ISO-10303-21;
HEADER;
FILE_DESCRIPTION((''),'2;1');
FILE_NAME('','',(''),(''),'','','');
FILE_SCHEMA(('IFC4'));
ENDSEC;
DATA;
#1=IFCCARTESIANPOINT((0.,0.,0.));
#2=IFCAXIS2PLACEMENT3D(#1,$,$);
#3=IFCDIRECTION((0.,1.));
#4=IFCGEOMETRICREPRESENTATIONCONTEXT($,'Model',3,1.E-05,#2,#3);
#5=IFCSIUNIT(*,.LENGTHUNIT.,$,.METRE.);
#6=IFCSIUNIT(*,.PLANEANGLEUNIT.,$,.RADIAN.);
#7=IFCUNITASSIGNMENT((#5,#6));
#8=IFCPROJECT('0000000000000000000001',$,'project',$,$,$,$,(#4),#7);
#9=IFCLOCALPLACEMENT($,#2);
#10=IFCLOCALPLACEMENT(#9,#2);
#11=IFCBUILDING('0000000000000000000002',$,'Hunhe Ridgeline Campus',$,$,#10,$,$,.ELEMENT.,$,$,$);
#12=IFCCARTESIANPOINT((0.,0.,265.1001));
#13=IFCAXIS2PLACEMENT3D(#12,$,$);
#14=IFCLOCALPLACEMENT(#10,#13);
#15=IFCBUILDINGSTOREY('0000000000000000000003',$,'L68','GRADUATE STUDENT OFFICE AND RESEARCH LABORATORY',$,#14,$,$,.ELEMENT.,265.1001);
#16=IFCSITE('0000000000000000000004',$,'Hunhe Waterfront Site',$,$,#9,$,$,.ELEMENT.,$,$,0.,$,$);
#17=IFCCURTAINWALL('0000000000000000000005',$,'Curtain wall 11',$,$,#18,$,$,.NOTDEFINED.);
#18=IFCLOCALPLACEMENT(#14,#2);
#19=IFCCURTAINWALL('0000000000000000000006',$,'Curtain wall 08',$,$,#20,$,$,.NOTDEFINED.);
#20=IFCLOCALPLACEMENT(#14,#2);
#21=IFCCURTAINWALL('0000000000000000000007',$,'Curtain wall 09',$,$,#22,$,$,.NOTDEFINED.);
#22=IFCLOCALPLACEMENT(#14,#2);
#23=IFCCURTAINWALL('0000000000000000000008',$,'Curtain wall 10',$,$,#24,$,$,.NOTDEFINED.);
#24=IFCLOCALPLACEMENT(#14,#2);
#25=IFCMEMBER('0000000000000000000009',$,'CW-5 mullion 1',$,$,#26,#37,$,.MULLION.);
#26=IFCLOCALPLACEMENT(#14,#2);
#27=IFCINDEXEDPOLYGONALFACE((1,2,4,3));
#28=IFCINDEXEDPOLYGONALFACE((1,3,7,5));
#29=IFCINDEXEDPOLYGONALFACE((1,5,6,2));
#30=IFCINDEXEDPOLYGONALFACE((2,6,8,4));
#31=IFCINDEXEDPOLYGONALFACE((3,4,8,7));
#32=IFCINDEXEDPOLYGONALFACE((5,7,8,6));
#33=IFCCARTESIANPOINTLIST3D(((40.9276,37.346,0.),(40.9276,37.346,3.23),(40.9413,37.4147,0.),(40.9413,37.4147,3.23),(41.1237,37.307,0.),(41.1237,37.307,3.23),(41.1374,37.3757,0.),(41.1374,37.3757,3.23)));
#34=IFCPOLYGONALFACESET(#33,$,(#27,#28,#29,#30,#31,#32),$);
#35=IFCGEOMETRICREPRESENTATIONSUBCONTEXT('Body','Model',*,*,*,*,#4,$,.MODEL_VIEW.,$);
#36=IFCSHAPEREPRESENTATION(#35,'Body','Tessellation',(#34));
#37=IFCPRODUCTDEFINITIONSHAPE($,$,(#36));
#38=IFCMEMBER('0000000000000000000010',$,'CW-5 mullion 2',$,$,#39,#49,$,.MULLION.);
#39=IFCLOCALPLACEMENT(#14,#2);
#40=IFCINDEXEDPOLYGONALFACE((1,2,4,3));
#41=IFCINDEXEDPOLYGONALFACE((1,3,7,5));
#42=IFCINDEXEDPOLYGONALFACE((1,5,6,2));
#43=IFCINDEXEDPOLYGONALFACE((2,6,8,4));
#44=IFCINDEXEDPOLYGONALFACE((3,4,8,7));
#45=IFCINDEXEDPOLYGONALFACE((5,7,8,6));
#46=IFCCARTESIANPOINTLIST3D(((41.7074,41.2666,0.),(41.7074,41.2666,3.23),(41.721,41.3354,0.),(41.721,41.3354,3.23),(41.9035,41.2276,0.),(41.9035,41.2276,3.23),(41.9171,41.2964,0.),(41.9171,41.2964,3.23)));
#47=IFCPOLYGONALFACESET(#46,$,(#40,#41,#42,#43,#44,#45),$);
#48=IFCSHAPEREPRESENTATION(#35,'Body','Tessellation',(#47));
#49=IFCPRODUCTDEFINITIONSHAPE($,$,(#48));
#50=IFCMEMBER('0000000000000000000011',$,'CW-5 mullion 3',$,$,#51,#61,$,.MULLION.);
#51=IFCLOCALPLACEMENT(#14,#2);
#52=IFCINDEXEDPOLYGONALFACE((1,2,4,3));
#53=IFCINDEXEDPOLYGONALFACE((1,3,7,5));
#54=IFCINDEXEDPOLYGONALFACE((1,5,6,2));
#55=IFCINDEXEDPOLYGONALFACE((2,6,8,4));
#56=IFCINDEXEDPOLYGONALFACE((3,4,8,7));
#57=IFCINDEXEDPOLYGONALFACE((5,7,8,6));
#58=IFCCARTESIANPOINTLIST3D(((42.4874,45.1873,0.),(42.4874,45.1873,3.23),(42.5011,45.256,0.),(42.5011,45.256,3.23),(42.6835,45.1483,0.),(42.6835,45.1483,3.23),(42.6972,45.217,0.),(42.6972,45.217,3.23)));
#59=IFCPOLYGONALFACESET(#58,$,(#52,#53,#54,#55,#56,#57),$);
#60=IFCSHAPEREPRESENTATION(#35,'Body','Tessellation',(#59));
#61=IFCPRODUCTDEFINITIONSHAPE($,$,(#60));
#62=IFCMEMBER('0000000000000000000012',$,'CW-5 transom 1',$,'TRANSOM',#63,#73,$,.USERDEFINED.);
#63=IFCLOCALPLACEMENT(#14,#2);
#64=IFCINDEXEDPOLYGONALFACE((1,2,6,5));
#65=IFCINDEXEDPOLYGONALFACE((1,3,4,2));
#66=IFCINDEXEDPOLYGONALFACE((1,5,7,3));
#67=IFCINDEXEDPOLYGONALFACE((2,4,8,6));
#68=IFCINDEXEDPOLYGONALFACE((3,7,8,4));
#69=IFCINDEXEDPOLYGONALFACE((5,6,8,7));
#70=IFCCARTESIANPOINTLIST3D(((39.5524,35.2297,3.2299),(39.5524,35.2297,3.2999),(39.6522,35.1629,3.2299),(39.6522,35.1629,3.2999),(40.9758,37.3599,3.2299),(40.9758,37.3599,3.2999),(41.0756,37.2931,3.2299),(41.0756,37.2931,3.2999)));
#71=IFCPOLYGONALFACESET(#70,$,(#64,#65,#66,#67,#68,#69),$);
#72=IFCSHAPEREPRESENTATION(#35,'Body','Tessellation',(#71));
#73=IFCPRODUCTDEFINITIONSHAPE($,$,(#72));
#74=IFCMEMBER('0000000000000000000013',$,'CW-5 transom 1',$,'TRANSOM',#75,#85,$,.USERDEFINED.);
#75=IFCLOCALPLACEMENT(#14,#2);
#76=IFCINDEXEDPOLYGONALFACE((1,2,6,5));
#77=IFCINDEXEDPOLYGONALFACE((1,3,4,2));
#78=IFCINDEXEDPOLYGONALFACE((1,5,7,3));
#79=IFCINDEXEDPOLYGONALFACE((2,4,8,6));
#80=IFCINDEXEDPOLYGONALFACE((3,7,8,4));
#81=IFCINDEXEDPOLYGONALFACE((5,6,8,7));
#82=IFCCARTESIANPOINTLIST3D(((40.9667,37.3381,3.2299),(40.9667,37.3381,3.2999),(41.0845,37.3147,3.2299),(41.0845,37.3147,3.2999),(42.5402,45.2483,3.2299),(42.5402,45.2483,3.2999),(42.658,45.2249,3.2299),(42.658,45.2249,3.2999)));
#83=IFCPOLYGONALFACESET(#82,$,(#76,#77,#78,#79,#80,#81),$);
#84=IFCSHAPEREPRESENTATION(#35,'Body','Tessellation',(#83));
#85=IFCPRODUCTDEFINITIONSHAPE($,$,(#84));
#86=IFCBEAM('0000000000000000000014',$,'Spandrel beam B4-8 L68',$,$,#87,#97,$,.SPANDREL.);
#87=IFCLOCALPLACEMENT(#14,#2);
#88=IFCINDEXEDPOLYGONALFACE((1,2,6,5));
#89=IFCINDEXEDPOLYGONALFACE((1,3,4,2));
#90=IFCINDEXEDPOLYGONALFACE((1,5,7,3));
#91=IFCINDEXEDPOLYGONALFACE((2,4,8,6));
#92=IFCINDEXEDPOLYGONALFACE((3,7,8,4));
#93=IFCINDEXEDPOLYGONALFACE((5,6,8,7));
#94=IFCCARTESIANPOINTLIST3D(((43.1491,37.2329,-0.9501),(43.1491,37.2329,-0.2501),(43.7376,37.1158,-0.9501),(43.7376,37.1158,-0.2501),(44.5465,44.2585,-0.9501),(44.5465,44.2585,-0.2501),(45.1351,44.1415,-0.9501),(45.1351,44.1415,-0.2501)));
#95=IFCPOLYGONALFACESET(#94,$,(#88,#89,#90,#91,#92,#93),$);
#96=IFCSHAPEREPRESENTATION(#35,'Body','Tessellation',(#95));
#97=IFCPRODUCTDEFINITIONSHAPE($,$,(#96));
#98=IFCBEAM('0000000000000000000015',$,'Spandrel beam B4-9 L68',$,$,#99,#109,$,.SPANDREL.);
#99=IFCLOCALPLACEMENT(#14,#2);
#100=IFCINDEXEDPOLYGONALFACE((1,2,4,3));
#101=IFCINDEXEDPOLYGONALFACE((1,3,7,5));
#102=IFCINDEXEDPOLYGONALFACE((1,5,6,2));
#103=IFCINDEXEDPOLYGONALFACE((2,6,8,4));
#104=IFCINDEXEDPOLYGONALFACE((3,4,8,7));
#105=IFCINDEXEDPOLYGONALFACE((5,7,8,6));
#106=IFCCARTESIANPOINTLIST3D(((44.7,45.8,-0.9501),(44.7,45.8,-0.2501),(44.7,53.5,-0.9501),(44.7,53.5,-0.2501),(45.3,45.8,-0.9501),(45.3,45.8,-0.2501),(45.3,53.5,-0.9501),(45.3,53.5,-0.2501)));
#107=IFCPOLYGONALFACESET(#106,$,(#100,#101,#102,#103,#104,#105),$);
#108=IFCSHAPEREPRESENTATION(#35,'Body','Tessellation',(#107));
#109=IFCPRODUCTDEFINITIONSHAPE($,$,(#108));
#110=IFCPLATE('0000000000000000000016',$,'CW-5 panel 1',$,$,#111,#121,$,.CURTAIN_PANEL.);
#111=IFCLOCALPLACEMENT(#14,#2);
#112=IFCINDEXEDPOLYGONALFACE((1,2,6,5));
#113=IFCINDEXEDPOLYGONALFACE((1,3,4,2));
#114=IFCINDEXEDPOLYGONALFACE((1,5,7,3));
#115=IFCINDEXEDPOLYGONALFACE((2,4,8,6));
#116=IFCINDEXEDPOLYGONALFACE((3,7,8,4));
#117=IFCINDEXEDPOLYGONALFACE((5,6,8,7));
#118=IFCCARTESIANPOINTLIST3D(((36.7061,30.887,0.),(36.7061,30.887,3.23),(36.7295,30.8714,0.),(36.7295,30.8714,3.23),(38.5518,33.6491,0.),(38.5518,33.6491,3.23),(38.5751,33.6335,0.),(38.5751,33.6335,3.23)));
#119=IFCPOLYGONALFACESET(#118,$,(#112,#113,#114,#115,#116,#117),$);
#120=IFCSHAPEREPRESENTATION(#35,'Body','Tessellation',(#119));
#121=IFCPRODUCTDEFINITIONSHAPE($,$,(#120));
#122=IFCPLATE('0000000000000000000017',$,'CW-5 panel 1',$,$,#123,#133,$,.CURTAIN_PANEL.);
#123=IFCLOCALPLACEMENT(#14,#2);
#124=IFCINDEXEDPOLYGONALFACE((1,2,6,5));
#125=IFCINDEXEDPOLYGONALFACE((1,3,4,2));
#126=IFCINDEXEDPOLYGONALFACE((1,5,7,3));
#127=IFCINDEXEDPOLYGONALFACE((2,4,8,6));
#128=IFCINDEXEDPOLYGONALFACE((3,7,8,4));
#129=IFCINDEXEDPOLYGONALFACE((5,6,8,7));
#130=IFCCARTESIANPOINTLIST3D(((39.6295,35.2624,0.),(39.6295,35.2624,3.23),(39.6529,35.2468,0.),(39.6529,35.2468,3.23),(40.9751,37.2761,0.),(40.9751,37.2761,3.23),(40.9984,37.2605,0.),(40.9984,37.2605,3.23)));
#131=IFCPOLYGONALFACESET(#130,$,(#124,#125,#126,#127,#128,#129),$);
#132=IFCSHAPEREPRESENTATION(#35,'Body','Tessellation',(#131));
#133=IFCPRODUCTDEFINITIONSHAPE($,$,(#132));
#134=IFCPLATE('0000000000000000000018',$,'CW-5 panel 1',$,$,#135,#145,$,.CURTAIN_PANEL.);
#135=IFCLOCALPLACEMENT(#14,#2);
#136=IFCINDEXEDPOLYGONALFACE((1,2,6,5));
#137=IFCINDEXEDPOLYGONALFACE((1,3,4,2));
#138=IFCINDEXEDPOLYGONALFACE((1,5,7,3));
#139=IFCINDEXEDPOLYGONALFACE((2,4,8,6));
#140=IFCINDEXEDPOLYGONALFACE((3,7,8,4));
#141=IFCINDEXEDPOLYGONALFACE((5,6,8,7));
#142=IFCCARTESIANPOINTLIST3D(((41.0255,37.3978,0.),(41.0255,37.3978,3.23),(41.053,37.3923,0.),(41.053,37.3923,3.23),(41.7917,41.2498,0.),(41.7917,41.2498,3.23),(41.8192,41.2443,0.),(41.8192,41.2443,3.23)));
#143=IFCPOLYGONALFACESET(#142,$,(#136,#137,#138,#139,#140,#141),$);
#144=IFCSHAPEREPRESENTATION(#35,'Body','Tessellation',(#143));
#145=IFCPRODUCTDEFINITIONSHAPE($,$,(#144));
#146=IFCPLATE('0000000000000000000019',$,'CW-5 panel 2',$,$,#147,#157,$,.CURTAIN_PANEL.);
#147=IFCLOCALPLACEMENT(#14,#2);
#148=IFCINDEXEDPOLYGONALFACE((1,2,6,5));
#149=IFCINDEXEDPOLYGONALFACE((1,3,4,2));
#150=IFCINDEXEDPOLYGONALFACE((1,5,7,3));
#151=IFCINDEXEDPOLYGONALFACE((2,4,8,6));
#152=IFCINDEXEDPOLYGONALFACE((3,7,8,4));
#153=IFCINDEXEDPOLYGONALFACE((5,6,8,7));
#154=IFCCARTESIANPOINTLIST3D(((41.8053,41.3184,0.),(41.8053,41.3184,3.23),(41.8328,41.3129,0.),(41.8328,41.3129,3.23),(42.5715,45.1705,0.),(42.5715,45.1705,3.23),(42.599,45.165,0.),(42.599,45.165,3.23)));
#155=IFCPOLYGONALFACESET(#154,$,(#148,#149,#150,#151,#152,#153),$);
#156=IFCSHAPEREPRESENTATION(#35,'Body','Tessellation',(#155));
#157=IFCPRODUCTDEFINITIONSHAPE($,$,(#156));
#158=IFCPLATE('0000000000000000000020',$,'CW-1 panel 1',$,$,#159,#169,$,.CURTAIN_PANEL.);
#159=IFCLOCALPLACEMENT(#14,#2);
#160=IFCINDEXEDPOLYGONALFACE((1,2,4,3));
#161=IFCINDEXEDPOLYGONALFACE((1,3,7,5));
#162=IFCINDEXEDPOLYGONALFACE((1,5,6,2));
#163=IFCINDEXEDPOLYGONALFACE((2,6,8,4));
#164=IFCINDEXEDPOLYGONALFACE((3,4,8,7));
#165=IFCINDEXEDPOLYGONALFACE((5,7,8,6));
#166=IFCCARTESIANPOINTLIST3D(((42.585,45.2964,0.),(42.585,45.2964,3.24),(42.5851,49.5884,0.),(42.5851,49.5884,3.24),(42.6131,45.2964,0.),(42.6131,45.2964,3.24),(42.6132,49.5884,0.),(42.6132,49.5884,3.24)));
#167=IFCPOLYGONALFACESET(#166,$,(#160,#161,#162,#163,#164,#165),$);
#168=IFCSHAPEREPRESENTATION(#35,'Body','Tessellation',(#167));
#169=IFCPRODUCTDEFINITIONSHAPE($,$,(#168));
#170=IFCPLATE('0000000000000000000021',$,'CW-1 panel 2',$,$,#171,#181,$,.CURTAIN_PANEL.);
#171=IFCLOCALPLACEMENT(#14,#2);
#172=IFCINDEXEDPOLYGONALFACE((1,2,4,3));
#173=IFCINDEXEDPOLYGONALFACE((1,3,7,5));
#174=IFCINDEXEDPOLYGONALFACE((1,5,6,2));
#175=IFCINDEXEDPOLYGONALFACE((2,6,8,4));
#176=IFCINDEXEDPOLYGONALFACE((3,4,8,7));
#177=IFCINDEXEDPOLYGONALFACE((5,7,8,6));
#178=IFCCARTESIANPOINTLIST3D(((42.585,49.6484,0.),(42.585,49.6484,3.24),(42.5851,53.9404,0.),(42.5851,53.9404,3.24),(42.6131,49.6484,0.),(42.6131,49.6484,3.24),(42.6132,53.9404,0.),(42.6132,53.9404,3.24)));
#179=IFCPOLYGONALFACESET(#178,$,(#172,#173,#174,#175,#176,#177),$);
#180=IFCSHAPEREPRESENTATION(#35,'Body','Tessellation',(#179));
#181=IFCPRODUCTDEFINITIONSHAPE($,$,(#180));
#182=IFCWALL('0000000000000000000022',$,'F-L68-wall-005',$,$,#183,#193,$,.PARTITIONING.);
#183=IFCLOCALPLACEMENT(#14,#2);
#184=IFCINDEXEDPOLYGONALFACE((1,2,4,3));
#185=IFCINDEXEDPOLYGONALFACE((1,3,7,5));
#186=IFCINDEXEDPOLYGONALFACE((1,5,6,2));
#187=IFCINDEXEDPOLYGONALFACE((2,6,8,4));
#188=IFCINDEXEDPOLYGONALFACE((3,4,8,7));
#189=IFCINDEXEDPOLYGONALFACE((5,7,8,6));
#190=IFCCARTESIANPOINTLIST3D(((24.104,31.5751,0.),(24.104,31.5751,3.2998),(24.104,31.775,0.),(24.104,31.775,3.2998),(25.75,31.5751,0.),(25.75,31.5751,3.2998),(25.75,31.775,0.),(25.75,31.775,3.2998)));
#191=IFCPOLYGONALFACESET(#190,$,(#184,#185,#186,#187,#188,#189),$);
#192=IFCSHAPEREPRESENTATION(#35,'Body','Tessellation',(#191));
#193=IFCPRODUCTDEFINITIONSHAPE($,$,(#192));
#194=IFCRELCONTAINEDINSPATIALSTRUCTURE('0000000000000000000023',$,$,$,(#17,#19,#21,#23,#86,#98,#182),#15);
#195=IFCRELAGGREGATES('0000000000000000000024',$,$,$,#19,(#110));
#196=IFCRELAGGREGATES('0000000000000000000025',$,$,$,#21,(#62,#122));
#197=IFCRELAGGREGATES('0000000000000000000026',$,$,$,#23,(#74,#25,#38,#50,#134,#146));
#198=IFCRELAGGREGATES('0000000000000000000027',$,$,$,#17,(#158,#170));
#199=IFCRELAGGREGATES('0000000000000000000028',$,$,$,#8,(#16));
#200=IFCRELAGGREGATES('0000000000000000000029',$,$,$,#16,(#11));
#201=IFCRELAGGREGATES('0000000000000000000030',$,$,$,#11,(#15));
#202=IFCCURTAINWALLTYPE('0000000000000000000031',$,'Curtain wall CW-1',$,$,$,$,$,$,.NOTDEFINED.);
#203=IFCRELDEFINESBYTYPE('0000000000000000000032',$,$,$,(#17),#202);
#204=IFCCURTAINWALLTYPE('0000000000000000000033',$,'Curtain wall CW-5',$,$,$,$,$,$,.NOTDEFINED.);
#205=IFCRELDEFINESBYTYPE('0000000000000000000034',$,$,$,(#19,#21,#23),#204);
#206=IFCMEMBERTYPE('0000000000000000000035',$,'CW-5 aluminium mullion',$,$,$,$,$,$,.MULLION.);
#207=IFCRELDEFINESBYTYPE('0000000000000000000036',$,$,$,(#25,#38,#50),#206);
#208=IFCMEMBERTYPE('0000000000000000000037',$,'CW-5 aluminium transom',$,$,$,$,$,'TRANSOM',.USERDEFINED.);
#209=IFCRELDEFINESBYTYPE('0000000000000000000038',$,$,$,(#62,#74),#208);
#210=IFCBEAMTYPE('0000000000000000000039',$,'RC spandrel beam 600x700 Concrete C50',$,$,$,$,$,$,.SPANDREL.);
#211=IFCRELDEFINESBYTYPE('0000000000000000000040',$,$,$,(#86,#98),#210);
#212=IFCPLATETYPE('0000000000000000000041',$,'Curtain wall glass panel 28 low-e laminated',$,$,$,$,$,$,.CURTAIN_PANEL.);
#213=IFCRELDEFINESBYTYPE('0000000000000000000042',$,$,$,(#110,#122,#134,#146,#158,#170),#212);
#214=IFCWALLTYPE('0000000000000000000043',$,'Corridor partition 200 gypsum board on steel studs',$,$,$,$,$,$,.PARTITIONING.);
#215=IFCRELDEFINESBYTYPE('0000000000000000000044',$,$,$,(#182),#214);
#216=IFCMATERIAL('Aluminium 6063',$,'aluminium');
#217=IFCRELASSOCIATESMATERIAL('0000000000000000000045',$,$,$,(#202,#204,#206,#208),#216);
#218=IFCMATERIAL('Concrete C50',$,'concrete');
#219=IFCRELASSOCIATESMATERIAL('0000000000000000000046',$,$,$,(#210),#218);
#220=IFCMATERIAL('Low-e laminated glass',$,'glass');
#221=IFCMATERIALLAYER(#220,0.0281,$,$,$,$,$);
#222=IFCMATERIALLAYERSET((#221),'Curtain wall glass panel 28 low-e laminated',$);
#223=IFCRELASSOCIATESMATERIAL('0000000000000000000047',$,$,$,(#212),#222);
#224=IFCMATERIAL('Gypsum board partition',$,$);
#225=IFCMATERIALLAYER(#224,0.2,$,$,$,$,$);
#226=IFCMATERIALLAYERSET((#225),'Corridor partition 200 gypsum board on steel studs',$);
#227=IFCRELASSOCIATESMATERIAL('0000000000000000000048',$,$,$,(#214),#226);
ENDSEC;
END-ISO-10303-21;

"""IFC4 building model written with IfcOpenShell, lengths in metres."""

from ifc_helpers import new_model, si_unit, direction, frame, frame_2d, origin, origin_2d, place, context, subcontext, project, spatial, rectangle, extrude, material, layer, layer_set, material_profile, profile_set, type_object, element, aggregate, save


model = new_model("IFC4")

# Units and contexts
model_context = context("Model", 3, precision=1e-05, world=origin(), true_north=direction((0.0, 1.0)))
body_context = subcontext(model_context, "Body", "Model", "MODEL_VIEW")
ifc_project = project(units=[si_unit("LENGTHUNIT", "METRE"), si_unit("PLANEANGLEUNIT", "RADIAN")], contexts=[model_context])

# Site, building, storey
site_placement = place(None, origin())
site = spatial("IfcSite", under=ifc_project, at=site_placement, Name="Hunhe Waterfront Site", CompositionType="ELEMENT", RefElevation=0.0)
building_placement = place(site_placement, origin())
building = spatial("IfcBuilding", under=site, at=building_placement, Name="Hunhe Ridgeline Campus", CompositionType="ELEMENT")
storey_placement = place(building_placement, frame((0.0, 0.0, 265.1001)))
storey = spatial("IfcBuildingStorey", under=building, at=storey_placement, Name="L68", Description="GRADUATE STUDENT OFFICE AND RESEARCH LABORATORY", CompositionType="ELEMENT", Elevation=265.1001)

# Curtain wall
ifc_material_1 = material(Name="Aluminium 6063", Category="aluminium")
curtain_wall_type_1 = type_object("IfcCurtainWallType", Name="Curtain wall CW-1", PredefinedType="NOTDEFINED", material=ifc_material_1)
curtain_wall_1_placement = place(storey_placement, origin())
curtain_wall_1 = element("IfcCurtainWall", 1, at=curtain_wall_1_placement, inside=storey, type_object=curtain_wall_type_1, Name="Curtain wall 11", PredefinedType="NOTDEFINED")

# Curtain wall
curtain_wall_type_2 = type_object("IfcCurtainWallType", Name="Curtain wall CW-5", PredefinedType="NOTDEFINED", material=ifc_material_1)
curtain_wall_2_placement = place(storey_placement, origin())
curtain_wall_2 = element("IfcCurtainWall", 2, at=curtain_wall_2_placement, inside=storey, type_object=curtain_wall_type_2, Name="Curtain wall 08", PredefinedType="NOTDEFINED")
ifc_material_profile_1 = material_profile(ifc_material_1, rectangle(XDim=0.2, YDim=0.0701, at=origin_2d()))
ifc_profile_set_1 = profile_set([ifc_material_profile_1], Name="Aluminium 6063")
member_type_1 = type_object("IfcMemberType", Name="CW-5 aluminium mullion", PredefinedType="MULLION", material=ifc_profile_set_1)

# Curtain walls, members
curtain_wall_3_placement = place(storey_placement, origin())
curtain_wall_3 = element("IfcCurtainWall", 3, at=curtain_wall_3_placement, inside=storey, type_object=curtain_wall_type_2, Name="Curtain wall 09", PredefinedType="NOTDEFINED")
curtain_wall_4_placement = place(storey_placement, origin())
curtain_wall_4 = element("IfcCurtainWall", 4, at=curtain_wall_4_placement, inside=storey, type_object=curtain_wall_type_2, Name="Curtain wall 10", PredefinedType="NOTDEFINED")
member_1_placement = place(storey_placement, frame((41.0325, 37.3608, 0.0), z_axis=(0.0, 0.0, 1.0), x_axis=(-0.980785, 0.19509, 0.0)))
member_1 = element("IfcMember", 5, at=member_1_placement, type_object=member_type_1, Name="CW-5 mullion 1", PredefinedType="MULLION", context=body_context, shape_type="SweptSolid", body=[
    extrude(rectangle(XDim=0.2, YDim=0.0701, at=origin_2d()), origin(), (0.0, 0.0, 1.0), 3.23),
])
member_2_placement = place(storey_placement, frame((41.8123, 41.2815, 0.0), z_axis=(0.0, 0.0, 1.0), x_axis=(-0.980785, 0.19509, 0.0)))
member_2 = element("IfcMember", 6, at=member_2_placement, type_object=member_type_1, Name="CW-5 mullion 2", PredefinedType="MULLION", context=body_context, shape_type="SweptSolid", body=[
    extrude(rectangle(XDim=0.2, YDim=0.0701, at=origin_2d()), origin(), (0.0, 0.0, 1.0), 3.23),
])
member_3_placement = place(storey_placement, frame((42.5923, 45.2021, 0.0), z_axis=(0.0, 0.0, 1.0), x_axis=(-0.980785, 0.19509, 0.0)))
member_3 = element("IfcMember", 7, at=member_3_placement, type_object=member_type_1, Name="CW-5 mullion 3", PredefinedType="MULLION", context=body_context, shape_type="SweptSolid", body=[
    extrude(rectangle(XDim=0.2, YDim=0.0701, at=origin_2d()), origin(), (0.0, 0.0, 1.0), 3.23),
])

# Members
ifc_material_profile_2 = material_profile(ifc_material_1, rectangle(XDim=0.1201, YDim=0.0701, at=origin_2d()))
ifc_profile_set_2 = profile_set([ifc_material_profile_2], Name="Aluminium 6063")
member_type_2 = type_object("IfcMemberType", Name="CW-5 aluminium transom", ElementType="TRANSOM", PredefinedType="USERDEFINED", material=ifc_profile_set_2)
member_4_placement = place(storey_placement, frame((39.6023, 35.1963, 3.2649), z_axis=(0.55558, 0.831463, 0.0), x_axis=(-0.831463, 0.55558, 0.0)))
member_4 = element("IfcMember", 8, at=member_4_placement, type_object=member_type_2, Name="CW-5 transom 1", ObjectType="TRANSOM", PredefinedType="USERDEFINED", context=body_context, shape_type="SweptSolid", body=[
    extrude(rectangle(XDim=0.1201, YDim=0.0701, at=origin_2d()), origin(), (0.0, 0.0, 1.0), 2.562),
])
member_5_placement = place(storey_placement, frame((41.0256, 37.3264, 3.2649), z_axis=(0.195097, 0.980784, 0.0), x_axis=(-0.980784, 0.195097, 0.0)))
member_5 = element("IfcMember", 9, at=member_5_placement, type_object=member_type_2, Name="CW-5 transom 1", ObjectType="TRANSOM", PredefinedType="USERDEFINED", context=body_context, shape_type="SweptSolid", body=[
    extrude(rectangle(XDim=0.1201, YDim=0.0701, at=origin_2d()), origin(), (0.0, 0.0, 1.0), 8.0652),
])

# Beams
ifc_material_2 = material(Name="Concrete C50", Category="concrete")
ifc_material_profile_3 = material_profile(ifc_material_2, rectangle(XDim=0.6001, YDim=0.7, at=origin_2d()))
ifc_profile_set_3 = profile_set([ifc_material_profile_3], Name="Concrete C50")
beam_type = type_object("IfcBeamType", Name="RC spandrel beam 600x700 Concrete C50", PredefinedType="SPANDREL", material=ifc_profile_set_3)
beam_1_placement = place(storey_placement, frame((43.4434, 37.1743, -0.6001), z_axis=(0.195087, 0.980786, 0.0), x_axis=(-0.980786, 0.195087, 0.0)))
element("IfcBeam", 10, at=beam_1_placement, inside=storey, type_object=beam_type, Name="Spandrel beam B4-8 L68", PredefinedType="SPANDREL", context=body_context, shape_type="SweptSolid", body=[
    extrude(rectangle(XDim=0.6001, YDim=0.7, at=origin_2d()), origin(), (0.0, 0.0, 1.0), 7.1633),
])
beam_2_placement = place(storey_placement, frame((45.0, 45.8, -0.6001), z_axis=(0.0, 1.0, 0.0), x_axis=(-1.0, 0.0, 0.0)))
element("IfcBeam", 11, at=beam_2_placement, inside=storey, type_object=beam_type, Name="Spandrel beam B4-9 L68", PredefinedType="SPANDREL", context=body_context, shape_type="SweptSolid", body=[
    extrude(rectangle(XDim=0.6001, YDim=0.7, at=origin_2d()), origin(), (0.0, 0.0, 1.0), 7.7),
])

# Plates
ifc_material_3 = material(Name="Low-e laminated glass", Category="glass")
ifc_layer_1 = layer(ifc_material_3, 0.0281)
ifc_layer_set_1 = layer_set([ifc_layer_1], Name="Curtain wall glass panel 28 low-e laminated")
plate_type = type_object("IfcPlateType", Name="Curtain wall glass panel 28 low-e laminated", PredefinedType="CURTAIN_PANEL", material=ifc_layer_set_1)
plate_1_placement = place(storey_placement, frame((37.6406, 32.2603, 0.0), z_axis=(0.0, 0.0, 1.0), x_axis=(0.55557, 0.83147, 0.0)))
plate_1 = element("IfcPlate", 12, at=plate_1_placement, type_object=plate_type, Name="CW-5 panel 1", PredefinedType="CURTAIN_PANEL", context=body_context, shape_type="SweptSolid", body=[
    extrude(rectangle(XDim=3.322, YDim=0.0281, at=origin_2d()), origin(), (0.0, 0.0, 1.0), 3.23),
])
aggregate(curtain_wall_2, [plate_1])
plate_2_placement = place(storey_placement, frame((40.314, 36.2615, 0.0), z_axis=(0.0, 0.0, 1.0), x_axis=(0.55557, 0.83147, 0.0)))
plate_2 = element("IfcPlate", 13, at=plate_2_placement, type_object=plate_type, Name="CW-5 panel 1", PredefinedType="CURTAIN_PANEL", context=body_context, shape_type="SweptSolid", body=[
    extrude(rectangle(XDim=2.4219, YDim=0.0281, at=origin_2d()), origin(), (0.0, 0.0, 1.0), 3.23),
])
aggregate(curtain_wall_3, [member_4, plate_2])
plate_3_placement = place(storey_placement, frame((41.4224, 39.321, 0.0), z_axis=(0.0, 0.0, 1.0), x_axis=(0.19509, 0.980785, 0.0)))
plate_3 = element("IfcPlate", 14, at=plate_3_placement, type_object=plate_type, Name="CW-5 panel 1", PredefinedType="CURTAIN_PANEL", context=body_context, shape_type="SweptSolid", body=[
    extrude(rectangle(XDim=3.9275, YDim=0.0281, at=origin_2d()), origin(), (0.0, 0.0, 1.0), 3.23),
])
plate_4_placement = place(storey_placement, frame((42.2021, 43.2417, 0.0), z_axis=(0.0, 0.0, 1.0), x_axis=(0.19509, 0.980785, 0.0)))
plate_4 = element("IfcPlate", 15, at=plate_4_placement, type_object=plate_type, Name="CW-5 panel 2", PredefinedType="CURTAIN_PANEL", context=body_context, shape_type="SweptSolid", body=[
    extrude(rectangle(XDim=3.9275, YDim=0.0281, at=origin_2d()), origin(), (0.0, 0.0, 1.0), 3.23),
])
aggregate(curtain_wall_4, [member_5, member_1, member_2, member_3, plate_3, plate_4])
plate_5_placement = place(storey_placement, frame((42.5991, 47.4424, 0.0), z_axis=(0.0, 0.0, 1.0), x_axis=(0.000019, 1.0, 0.0)))
plate_5 = element("IfcPlate", 16, at=plate_5_placement, type_object=plate_type, Name="CW-1 panel 1", PredefinedType="CURTAIN_PANEL", context=body_context, shape_type="SweptSolid", body=[
    extrude(rectangle(XDim=4.292, YDim=0.0281, at=origin_2d()), origin(), (0.0, 0.0, 1.0), 3.24),
])
plate_6_placement = place(storey_placement, frame((42.5991, 51.7944, 0.0), z_axis=(0.0, 0.0, 1.0), x_axis=(0.000019, 1.0, 0.0)))
plate_6 = element("IfcPlate", 17, at=plate_6_placement, type_object=plate_type, Name="CW-1 panel 2", PredefinedType="CURTAIN_PANEL", context=body_context, shape_type="SweptSolid", body=[
    extrude(rectangle(XDim=4.292, YDim=0.0281, at=origin_2d()), origin(), (0.0, 0.0, 1.0), 3.24),
])
aggregate(curtain_wall_1, [plate_5, plate_6])

# Wall
ifc_material_4 = material(Name="Gypsum board partition")
ifc_layer_2 = layer(ifc_material_4, 0.2)
ifc_layer_set_2 = layer_set([ifc_layer_2], Name="Corridor partition 200 gypsum board on steel studs")
wall_type_1 = type_object("IfcWallType", Name="Corridor partition 200 gypsum board on steel studs", PredefinedType="PARTITIONING", material=ifc_layer_set_2)
wall_1_placement = place(storey_placement, frame((24.104, 31.675, 0.0), z_axis=(0.0, 0.0, 1.0), x_axis=(1.0, 0.0, 0.0)))
element("IfcWall", 18, at=wall_1_placement, inside=storey, type_object=wall_type_1, Name="F-L68-wall-005", PredefinedType="PARTITIONING", context=body_context, shape_type="SweptSolid", body=[
    extrude(rectangle(XDim=1.646, YDim=0.2, at=frame_2d((0.823, 0.0))), origin(), (0.0, 0.0, 1.0), 3.2998),
])

save(model, "model.ifc")
